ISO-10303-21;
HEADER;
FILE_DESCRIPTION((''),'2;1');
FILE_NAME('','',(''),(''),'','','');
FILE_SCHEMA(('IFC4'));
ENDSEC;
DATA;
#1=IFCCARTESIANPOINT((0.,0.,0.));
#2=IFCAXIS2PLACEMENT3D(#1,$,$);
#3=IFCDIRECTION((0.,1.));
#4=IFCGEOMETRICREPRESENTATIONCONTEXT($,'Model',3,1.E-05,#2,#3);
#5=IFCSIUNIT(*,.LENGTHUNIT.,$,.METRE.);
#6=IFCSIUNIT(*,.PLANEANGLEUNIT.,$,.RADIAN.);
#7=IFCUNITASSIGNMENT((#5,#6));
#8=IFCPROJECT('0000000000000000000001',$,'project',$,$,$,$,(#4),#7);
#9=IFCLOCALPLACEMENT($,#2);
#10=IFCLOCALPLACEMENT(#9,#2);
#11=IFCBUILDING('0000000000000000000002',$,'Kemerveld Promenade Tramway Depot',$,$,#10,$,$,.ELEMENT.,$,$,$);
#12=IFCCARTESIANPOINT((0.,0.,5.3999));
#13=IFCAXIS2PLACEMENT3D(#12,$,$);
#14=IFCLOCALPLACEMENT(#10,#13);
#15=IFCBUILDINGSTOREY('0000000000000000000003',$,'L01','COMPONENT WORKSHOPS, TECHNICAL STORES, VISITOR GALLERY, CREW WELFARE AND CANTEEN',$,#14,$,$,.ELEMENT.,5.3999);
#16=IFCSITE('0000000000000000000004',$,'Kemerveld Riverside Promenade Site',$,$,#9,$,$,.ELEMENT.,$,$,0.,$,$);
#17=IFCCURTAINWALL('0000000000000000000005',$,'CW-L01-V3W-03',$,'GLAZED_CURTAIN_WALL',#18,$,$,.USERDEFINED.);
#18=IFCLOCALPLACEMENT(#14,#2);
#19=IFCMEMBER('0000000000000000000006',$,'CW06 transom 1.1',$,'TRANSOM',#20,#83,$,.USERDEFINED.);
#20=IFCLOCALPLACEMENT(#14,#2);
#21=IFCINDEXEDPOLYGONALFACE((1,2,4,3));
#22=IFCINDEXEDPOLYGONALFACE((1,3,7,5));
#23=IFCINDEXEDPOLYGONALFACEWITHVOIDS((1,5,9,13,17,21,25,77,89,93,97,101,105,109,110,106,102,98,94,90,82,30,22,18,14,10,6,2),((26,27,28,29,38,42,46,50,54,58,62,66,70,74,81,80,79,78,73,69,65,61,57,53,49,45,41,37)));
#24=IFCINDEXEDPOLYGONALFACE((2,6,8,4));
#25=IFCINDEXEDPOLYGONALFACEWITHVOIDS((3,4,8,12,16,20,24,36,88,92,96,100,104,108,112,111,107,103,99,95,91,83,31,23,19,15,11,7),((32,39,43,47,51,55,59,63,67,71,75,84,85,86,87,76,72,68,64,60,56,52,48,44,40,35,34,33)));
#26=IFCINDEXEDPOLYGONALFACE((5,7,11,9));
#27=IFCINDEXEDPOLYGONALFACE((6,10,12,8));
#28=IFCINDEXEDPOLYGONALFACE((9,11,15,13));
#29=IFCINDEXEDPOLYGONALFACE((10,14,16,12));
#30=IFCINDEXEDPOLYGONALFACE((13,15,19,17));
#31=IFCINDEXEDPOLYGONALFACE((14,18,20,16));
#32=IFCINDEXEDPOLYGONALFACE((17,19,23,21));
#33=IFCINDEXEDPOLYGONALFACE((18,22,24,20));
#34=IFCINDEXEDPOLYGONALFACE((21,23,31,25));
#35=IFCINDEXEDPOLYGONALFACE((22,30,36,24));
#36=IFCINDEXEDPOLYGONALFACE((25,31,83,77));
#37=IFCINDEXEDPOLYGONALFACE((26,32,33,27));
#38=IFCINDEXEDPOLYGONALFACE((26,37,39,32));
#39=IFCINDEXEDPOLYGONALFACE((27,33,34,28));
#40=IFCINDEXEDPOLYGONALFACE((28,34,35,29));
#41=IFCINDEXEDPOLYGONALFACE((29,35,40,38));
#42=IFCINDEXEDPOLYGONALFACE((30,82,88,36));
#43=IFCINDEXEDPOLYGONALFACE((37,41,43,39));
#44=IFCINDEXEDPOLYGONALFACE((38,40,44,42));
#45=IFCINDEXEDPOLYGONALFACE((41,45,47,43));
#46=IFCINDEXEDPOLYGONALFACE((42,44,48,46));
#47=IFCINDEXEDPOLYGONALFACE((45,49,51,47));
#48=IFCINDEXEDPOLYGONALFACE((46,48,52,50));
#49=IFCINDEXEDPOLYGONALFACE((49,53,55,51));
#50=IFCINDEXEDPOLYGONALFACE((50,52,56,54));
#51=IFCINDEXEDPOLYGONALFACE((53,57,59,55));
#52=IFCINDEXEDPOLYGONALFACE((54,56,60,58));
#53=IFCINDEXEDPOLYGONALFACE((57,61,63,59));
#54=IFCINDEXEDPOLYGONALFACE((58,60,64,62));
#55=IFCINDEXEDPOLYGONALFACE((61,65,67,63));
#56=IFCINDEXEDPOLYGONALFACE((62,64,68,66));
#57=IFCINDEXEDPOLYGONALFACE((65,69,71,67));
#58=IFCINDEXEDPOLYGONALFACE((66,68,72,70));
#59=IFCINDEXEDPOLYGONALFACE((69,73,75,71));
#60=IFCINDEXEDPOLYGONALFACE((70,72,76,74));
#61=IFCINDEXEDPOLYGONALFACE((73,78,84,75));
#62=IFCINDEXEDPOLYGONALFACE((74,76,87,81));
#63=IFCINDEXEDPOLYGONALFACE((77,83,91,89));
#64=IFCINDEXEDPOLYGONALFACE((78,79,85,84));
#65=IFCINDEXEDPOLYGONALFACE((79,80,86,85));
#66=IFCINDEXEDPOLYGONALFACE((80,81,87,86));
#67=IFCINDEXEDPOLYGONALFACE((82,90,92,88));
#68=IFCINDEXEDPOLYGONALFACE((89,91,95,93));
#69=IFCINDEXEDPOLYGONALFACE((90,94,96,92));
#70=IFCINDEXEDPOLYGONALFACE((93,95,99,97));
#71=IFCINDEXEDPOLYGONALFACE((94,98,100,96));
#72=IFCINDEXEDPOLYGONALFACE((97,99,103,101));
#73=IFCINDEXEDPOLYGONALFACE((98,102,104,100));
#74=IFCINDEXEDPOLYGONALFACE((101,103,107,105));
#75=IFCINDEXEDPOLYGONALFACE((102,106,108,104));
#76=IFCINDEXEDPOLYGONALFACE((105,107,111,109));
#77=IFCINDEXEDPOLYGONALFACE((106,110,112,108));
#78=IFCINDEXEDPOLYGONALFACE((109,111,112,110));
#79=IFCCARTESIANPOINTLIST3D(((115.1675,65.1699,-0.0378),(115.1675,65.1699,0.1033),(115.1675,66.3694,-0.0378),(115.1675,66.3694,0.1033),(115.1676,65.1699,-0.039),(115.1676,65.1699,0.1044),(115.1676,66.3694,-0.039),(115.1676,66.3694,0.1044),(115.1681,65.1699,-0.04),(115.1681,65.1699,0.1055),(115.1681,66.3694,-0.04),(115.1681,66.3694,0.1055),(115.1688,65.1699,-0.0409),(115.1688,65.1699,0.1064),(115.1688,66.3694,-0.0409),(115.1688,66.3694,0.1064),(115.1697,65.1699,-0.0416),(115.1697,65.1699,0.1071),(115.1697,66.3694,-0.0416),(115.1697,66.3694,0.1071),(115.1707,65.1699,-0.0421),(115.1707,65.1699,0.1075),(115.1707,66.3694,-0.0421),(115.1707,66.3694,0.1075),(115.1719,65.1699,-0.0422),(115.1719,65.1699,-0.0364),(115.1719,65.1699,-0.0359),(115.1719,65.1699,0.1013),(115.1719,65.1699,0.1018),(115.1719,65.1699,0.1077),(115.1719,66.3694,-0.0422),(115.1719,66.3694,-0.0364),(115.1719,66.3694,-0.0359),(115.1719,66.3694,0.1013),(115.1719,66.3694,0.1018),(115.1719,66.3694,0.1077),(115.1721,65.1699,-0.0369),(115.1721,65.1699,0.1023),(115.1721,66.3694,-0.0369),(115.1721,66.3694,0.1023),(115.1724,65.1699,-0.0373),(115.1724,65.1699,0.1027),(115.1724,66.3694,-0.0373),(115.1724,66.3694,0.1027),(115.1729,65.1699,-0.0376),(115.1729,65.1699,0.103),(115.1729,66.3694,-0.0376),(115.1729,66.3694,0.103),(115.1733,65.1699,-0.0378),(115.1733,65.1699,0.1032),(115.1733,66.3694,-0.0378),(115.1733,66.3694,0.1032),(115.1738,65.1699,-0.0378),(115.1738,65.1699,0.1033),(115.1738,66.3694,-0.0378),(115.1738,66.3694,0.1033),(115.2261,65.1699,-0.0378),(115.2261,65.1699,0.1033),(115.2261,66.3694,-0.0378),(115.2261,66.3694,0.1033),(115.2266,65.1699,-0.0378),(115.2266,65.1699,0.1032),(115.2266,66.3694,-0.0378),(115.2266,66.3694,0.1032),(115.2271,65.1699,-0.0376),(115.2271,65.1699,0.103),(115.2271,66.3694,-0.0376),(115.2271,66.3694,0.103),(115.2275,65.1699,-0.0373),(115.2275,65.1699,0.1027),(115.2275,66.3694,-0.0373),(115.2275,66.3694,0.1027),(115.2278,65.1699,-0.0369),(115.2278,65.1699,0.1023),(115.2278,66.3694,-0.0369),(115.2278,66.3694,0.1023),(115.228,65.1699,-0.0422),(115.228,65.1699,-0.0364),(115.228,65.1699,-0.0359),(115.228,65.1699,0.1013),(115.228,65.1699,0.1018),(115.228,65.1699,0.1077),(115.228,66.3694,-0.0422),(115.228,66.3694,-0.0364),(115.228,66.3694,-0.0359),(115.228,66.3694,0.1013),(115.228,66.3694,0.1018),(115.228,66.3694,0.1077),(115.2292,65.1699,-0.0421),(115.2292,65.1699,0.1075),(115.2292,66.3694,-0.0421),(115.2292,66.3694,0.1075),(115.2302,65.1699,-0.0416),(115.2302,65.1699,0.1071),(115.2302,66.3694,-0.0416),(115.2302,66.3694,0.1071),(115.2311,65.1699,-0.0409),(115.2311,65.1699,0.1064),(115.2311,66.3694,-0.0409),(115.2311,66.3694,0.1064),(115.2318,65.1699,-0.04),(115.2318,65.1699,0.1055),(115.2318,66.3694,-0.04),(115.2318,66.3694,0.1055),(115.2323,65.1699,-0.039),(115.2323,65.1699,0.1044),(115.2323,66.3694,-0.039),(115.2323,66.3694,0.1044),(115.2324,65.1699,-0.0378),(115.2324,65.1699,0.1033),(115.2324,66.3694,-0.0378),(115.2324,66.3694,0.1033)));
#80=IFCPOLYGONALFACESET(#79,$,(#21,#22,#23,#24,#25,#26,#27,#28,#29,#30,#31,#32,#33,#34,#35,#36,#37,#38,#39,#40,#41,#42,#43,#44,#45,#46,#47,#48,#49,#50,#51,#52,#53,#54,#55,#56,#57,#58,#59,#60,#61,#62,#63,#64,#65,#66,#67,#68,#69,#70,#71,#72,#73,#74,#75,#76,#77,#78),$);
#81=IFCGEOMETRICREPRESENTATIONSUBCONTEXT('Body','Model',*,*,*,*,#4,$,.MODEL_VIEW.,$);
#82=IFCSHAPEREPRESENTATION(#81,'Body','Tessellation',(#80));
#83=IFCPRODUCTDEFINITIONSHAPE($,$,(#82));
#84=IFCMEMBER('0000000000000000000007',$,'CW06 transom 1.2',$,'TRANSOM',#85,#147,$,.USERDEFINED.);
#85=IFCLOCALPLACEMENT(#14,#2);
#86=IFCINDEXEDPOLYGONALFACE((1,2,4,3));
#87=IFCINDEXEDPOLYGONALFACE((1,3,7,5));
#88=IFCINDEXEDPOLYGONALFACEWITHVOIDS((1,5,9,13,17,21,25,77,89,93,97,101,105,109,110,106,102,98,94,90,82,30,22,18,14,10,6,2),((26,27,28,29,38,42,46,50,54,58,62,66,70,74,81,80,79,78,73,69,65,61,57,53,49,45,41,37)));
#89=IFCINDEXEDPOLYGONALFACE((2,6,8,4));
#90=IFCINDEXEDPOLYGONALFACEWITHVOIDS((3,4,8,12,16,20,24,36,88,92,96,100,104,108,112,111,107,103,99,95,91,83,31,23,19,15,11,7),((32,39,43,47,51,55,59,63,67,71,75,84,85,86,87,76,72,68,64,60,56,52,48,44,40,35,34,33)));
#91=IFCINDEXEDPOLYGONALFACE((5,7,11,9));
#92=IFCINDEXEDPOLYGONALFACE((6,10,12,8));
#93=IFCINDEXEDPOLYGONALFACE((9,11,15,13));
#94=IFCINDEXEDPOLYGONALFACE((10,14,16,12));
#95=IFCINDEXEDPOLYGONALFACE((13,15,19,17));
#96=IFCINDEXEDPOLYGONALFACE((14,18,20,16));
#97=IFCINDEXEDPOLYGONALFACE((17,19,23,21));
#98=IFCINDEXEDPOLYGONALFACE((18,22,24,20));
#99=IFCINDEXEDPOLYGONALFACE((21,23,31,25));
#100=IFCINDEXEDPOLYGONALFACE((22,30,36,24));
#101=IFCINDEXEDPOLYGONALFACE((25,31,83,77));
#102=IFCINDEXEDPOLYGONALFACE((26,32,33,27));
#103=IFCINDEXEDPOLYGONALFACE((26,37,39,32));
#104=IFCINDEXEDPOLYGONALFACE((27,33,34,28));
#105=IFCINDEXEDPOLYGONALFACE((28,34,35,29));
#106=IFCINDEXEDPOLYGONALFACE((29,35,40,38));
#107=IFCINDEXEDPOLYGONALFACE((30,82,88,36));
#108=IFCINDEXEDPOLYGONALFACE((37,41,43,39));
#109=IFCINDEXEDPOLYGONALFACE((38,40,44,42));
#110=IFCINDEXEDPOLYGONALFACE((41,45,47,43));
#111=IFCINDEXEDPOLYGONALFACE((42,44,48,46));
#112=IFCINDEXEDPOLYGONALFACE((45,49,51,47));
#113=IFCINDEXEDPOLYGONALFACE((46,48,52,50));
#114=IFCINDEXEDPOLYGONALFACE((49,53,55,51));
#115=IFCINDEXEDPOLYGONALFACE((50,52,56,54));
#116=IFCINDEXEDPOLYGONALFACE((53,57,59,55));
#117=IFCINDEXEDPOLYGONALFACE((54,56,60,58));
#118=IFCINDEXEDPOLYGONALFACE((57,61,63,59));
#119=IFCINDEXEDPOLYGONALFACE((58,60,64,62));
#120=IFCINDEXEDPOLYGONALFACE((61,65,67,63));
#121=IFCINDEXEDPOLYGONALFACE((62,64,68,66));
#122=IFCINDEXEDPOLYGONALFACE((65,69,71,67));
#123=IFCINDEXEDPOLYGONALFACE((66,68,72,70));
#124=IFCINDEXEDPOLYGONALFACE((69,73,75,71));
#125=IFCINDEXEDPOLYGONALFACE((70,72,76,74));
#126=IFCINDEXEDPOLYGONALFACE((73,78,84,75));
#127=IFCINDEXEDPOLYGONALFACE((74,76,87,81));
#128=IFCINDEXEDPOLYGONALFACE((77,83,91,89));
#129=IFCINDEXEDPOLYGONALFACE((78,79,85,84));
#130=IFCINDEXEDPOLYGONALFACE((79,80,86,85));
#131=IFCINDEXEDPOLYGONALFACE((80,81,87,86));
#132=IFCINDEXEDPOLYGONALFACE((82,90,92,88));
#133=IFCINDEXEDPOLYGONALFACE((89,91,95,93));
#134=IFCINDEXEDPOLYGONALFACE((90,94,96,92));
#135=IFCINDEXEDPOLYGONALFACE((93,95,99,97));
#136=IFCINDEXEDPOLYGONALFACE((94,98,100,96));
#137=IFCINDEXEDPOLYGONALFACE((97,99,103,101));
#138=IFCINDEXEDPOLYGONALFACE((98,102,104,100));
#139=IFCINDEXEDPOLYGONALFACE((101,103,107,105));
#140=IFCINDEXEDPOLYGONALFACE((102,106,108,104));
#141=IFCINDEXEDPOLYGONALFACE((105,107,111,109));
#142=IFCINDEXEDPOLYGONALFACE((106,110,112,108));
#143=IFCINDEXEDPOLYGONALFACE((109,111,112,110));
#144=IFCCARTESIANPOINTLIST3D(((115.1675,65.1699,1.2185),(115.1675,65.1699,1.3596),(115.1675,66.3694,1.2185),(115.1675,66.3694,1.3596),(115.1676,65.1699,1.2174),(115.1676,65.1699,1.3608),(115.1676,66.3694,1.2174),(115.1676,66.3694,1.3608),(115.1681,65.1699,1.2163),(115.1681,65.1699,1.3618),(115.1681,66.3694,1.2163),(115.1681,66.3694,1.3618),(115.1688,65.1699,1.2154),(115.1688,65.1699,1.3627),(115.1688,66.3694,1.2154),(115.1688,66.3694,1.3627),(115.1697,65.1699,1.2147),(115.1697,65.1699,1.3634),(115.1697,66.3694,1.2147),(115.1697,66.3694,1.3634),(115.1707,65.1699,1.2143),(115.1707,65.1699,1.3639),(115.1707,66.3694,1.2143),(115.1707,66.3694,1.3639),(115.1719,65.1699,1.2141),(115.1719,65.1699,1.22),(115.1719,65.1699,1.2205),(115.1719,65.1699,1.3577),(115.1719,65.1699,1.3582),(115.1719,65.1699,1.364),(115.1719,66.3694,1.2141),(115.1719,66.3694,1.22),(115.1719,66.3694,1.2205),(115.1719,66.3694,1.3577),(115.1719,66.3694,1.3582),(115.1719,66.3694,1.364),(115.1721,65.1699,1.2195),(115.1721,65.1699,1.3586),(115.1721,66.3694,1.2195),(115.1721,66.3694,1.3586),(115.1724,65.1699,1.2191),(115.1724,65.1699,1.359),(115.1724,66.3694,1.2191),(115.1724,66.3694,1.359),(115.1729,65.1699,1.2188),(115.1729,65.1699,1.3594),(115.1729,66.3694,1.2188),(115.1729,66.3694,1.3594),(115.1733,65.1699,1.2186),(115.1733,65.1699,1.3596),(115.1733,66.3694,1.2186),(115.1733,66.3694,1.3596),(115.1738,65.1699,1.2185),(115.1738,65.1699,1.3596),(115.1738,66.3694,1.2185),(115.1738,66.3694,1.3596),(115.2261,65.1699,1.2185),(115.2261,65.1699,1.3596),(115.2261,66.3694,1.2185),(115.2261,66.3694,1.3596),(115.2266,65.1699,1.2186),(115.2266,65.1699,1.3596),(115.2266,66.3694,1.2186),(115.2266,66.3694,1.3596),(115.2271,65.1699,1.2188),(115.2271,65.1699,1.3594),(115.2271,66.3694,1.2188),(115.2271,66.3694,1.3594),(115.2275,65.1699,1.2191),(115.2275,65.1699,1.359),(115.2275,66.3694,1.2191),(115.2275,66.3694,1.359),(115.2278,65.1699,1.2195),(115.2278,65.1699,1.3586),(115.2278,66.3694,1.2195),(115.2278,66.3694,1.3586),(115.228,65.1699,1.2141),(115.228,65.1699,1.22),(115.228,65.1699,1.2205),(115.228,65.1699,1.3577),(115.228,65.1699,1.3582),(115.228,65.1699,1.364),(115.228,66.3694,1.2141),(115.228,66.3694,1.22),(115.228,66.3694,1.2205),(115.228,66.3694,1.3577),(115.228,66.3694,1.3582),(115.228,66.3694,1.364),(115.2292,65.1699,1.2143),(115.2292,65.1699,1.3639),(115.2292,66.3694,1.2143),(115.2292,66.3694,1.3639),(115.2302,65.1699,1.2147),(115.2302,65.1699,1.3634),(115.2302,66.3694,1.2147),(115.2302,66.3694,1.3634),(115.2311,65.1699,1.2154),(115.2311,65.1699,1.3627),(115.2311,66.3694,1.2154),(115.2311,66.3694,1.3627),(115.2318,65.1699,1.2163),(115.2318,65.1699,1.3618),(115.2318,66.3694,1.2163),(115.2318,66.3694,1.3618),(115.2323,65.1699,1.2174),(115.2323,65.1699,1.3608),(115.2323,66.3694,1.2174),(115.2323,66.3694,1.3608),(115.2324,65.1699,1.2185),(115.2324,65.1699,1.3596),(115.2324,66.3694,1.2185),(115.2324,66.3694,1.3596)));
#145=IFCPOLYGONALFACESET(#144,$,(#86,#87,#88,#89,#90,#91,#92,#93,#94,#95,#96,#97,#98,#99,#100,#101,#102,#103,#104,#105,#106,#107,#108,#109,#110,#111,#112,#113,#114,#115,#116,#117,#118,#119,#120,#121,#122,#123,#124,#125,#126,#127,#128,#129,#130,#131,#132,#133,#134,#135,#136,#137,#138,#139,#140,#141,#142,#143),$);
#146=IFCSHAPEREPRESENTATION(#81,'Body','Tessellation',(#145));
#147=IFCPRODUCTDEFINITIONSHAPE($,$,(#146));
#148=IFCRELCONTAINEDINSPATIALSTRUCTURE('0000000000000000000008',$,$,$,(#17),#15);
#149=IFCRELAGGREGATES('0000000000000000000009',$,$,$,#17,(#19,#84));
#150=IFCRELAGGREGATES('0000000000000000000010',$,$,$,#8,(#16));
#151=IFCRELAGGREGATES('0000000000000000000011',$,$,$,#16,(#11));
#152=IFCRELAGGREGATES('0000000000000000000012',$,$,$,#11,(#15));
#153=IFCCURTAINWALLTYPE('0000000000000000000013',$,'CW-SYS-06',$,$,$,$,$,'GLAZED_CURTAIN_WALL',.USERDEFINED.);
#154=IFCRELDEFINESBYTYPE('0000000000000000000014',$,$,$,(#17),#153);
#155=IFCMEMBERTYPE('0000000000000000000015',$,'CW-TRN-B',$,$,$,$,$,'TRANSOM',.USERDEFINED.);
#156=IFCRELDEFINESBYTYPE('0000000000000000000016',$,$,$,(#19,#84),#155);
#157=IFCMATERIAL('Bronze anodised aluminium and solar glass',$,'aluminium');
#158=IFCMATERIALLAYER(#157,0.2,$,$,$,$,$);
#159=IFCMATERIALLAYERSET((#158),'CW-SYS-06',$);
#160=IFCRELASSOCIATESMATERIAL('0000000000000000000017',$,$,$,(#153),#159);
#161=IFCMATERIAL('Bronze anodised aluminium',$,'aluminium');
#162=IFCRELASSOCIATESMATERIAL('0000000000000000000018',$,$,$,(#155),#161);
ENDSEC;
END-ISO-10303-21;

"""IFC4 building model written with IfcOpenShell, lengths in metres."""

from ifc_helpers import new_model, si_unit, direction, frame, origin, origin_2d, place, context, subcontext, project, spatial, hollow_rectangle, extrude, material, layer, layer_set, material_profile, profile_set, type_object, element, aggregate, save


model = new_model("IFC4")

# Units and contexts
model_context = context("Model", 3, precision=1e-05, world=origin(), true_north=direction((0.0, 1.0)))
body_context = subcontext(model_context, "Body", "Model", "MODEL_VIEW")
ifc_project = project(units=[si_unit("LENGTHUNIT", "METRE"), si_unit("PLANEANGLEUNIT", "RADIAN")], contexts=[model_context])

# Site, building, storey
site_placement = place(None, origin())
site = spatial("IfcSite", under=ifc_project, at=site_placement, Name="Kemerveld Riverside Promenade Site", CompositionType="ELEMENT", RefElevation=0.0)
building_placement = place(site_placement, origin())
building = spatial("IfcBuilding", under=site, at=building_placement, Name="Kemerveld Promenade Tramway Depot", CompositionType="ELEMENT")
storey_placement = place(building_placement, frame((0.0, 0.0, 5.3999)))
storey = spatial("IfcBuildingStorey", under=building, at=storey_placement, Name="L01", Description="COMPONENT WORKSHOPS, TECHNICAL STORES, VISITOR GALLERY, CREW WELFARE AND CANTEEN", CompositionType="ELEMENT", Elevation=5.3999)

# Curtain wall, members
ifc_material_1 = material(Name="Bronze anodised aluminium and solar glass", Category="aluminium")
ifc_layer_1 = layer(ifc_material_1, 0.2)
ifc_layer_set_1 = layer_set([ifc_layer_1], Name="CW-SYS-06")
curtain_wall_type = type_object("IfcCurtainWallType", Name="CW-SYS-06", ElementType="GLAZED_CURTAIN_WALL", PredefinedType="USERDEFINED", material=ifc_layer_set_1)
curtain_wall_placement = place(storey_placement, origin())
curtain_wall = element("IfcCurtainWall", 1, at=curtain_wall_placement, inside=storey, type_object=curtain_wall_type, Name="CW-L01-V3W-03", ObjectType="GLAZED_CURTAIN_WALL", PredefinedType="USERDEFINED")
ifc_material_2 = material(Name="Bronze anodised aluminium", Category="aluminium")
ifc_material_profile_1 = material_profile(ifc_material_2, hollow_rectangle(XDim=0.0649, YDim=0.1499, WallThickness=0.0044, InnerFilletRadius=0.002, OuterFilletRadius=0.0044, at=origin_2d()), Name="CW-TRN-150x65")
ifc_profile_set_1 = profile_set([ifc_material_profile_1], Name="Bronze anodised aluminium")
member_type_1 = type_object("IfcMemberType", Name="CW-TRN-B", ElementType="TRANSOM", PredefinedType="USERDEFINED", material=ifc_profile_set_1)
member_1_placement = place(storey_placement, frame((115.2, 65.1699, 0.0327), z_axis=(0.0, 1.0, 0.0), x_axis=(-1.0, 0.0, 0.0)))
member_1 = element("IfcMember", 2, at=member_1_placement, type_object=member_type_1, Name="CW06 transom 1.1", ObjectType="TRANSOM", PredefinedType="USERDEFINED", context=body_context, shape_type="SweptSolid", body=[
    extrude(hollow_rectangle(XDim=0.0649, YDim=0.1499, WallThickness=0.0044, InnerFilletRadius=0.002, OuterFilletRadius=0.0044, at=origin_2d()), origin(), (0.0, 0.0, 1.0), 1.1995),
])
member_2_placement = place(storey_placement, frame((115.2, 65.1699, 1.2891), z_axis=(0.0, 1.0, 0.0), x_axis=(-1.0, 0.0, 0.0)))
member_2 = element("IfcMember", 3, at=member_2_placement, type_object=member_type_1, Name="CW06 transom 1.2", ObjectType="TRANSOM", PredefinedType="USERDEFINED", context=body_context, shape_type="SweptSolid", body=[
    extrude(hollow_rectangle(XDim=0.0649, YDim=0.1499, WallThickness=0.0044, InnerFilletRadius=0.002, OuterFilletRadius=0.0044, at=origin_2d()), origin(), (0.0, 0.0, 1.0), 1.1995),
])
aggregate(curtain_wall, [member_1, member_2])

save(model, "model.ifc")
